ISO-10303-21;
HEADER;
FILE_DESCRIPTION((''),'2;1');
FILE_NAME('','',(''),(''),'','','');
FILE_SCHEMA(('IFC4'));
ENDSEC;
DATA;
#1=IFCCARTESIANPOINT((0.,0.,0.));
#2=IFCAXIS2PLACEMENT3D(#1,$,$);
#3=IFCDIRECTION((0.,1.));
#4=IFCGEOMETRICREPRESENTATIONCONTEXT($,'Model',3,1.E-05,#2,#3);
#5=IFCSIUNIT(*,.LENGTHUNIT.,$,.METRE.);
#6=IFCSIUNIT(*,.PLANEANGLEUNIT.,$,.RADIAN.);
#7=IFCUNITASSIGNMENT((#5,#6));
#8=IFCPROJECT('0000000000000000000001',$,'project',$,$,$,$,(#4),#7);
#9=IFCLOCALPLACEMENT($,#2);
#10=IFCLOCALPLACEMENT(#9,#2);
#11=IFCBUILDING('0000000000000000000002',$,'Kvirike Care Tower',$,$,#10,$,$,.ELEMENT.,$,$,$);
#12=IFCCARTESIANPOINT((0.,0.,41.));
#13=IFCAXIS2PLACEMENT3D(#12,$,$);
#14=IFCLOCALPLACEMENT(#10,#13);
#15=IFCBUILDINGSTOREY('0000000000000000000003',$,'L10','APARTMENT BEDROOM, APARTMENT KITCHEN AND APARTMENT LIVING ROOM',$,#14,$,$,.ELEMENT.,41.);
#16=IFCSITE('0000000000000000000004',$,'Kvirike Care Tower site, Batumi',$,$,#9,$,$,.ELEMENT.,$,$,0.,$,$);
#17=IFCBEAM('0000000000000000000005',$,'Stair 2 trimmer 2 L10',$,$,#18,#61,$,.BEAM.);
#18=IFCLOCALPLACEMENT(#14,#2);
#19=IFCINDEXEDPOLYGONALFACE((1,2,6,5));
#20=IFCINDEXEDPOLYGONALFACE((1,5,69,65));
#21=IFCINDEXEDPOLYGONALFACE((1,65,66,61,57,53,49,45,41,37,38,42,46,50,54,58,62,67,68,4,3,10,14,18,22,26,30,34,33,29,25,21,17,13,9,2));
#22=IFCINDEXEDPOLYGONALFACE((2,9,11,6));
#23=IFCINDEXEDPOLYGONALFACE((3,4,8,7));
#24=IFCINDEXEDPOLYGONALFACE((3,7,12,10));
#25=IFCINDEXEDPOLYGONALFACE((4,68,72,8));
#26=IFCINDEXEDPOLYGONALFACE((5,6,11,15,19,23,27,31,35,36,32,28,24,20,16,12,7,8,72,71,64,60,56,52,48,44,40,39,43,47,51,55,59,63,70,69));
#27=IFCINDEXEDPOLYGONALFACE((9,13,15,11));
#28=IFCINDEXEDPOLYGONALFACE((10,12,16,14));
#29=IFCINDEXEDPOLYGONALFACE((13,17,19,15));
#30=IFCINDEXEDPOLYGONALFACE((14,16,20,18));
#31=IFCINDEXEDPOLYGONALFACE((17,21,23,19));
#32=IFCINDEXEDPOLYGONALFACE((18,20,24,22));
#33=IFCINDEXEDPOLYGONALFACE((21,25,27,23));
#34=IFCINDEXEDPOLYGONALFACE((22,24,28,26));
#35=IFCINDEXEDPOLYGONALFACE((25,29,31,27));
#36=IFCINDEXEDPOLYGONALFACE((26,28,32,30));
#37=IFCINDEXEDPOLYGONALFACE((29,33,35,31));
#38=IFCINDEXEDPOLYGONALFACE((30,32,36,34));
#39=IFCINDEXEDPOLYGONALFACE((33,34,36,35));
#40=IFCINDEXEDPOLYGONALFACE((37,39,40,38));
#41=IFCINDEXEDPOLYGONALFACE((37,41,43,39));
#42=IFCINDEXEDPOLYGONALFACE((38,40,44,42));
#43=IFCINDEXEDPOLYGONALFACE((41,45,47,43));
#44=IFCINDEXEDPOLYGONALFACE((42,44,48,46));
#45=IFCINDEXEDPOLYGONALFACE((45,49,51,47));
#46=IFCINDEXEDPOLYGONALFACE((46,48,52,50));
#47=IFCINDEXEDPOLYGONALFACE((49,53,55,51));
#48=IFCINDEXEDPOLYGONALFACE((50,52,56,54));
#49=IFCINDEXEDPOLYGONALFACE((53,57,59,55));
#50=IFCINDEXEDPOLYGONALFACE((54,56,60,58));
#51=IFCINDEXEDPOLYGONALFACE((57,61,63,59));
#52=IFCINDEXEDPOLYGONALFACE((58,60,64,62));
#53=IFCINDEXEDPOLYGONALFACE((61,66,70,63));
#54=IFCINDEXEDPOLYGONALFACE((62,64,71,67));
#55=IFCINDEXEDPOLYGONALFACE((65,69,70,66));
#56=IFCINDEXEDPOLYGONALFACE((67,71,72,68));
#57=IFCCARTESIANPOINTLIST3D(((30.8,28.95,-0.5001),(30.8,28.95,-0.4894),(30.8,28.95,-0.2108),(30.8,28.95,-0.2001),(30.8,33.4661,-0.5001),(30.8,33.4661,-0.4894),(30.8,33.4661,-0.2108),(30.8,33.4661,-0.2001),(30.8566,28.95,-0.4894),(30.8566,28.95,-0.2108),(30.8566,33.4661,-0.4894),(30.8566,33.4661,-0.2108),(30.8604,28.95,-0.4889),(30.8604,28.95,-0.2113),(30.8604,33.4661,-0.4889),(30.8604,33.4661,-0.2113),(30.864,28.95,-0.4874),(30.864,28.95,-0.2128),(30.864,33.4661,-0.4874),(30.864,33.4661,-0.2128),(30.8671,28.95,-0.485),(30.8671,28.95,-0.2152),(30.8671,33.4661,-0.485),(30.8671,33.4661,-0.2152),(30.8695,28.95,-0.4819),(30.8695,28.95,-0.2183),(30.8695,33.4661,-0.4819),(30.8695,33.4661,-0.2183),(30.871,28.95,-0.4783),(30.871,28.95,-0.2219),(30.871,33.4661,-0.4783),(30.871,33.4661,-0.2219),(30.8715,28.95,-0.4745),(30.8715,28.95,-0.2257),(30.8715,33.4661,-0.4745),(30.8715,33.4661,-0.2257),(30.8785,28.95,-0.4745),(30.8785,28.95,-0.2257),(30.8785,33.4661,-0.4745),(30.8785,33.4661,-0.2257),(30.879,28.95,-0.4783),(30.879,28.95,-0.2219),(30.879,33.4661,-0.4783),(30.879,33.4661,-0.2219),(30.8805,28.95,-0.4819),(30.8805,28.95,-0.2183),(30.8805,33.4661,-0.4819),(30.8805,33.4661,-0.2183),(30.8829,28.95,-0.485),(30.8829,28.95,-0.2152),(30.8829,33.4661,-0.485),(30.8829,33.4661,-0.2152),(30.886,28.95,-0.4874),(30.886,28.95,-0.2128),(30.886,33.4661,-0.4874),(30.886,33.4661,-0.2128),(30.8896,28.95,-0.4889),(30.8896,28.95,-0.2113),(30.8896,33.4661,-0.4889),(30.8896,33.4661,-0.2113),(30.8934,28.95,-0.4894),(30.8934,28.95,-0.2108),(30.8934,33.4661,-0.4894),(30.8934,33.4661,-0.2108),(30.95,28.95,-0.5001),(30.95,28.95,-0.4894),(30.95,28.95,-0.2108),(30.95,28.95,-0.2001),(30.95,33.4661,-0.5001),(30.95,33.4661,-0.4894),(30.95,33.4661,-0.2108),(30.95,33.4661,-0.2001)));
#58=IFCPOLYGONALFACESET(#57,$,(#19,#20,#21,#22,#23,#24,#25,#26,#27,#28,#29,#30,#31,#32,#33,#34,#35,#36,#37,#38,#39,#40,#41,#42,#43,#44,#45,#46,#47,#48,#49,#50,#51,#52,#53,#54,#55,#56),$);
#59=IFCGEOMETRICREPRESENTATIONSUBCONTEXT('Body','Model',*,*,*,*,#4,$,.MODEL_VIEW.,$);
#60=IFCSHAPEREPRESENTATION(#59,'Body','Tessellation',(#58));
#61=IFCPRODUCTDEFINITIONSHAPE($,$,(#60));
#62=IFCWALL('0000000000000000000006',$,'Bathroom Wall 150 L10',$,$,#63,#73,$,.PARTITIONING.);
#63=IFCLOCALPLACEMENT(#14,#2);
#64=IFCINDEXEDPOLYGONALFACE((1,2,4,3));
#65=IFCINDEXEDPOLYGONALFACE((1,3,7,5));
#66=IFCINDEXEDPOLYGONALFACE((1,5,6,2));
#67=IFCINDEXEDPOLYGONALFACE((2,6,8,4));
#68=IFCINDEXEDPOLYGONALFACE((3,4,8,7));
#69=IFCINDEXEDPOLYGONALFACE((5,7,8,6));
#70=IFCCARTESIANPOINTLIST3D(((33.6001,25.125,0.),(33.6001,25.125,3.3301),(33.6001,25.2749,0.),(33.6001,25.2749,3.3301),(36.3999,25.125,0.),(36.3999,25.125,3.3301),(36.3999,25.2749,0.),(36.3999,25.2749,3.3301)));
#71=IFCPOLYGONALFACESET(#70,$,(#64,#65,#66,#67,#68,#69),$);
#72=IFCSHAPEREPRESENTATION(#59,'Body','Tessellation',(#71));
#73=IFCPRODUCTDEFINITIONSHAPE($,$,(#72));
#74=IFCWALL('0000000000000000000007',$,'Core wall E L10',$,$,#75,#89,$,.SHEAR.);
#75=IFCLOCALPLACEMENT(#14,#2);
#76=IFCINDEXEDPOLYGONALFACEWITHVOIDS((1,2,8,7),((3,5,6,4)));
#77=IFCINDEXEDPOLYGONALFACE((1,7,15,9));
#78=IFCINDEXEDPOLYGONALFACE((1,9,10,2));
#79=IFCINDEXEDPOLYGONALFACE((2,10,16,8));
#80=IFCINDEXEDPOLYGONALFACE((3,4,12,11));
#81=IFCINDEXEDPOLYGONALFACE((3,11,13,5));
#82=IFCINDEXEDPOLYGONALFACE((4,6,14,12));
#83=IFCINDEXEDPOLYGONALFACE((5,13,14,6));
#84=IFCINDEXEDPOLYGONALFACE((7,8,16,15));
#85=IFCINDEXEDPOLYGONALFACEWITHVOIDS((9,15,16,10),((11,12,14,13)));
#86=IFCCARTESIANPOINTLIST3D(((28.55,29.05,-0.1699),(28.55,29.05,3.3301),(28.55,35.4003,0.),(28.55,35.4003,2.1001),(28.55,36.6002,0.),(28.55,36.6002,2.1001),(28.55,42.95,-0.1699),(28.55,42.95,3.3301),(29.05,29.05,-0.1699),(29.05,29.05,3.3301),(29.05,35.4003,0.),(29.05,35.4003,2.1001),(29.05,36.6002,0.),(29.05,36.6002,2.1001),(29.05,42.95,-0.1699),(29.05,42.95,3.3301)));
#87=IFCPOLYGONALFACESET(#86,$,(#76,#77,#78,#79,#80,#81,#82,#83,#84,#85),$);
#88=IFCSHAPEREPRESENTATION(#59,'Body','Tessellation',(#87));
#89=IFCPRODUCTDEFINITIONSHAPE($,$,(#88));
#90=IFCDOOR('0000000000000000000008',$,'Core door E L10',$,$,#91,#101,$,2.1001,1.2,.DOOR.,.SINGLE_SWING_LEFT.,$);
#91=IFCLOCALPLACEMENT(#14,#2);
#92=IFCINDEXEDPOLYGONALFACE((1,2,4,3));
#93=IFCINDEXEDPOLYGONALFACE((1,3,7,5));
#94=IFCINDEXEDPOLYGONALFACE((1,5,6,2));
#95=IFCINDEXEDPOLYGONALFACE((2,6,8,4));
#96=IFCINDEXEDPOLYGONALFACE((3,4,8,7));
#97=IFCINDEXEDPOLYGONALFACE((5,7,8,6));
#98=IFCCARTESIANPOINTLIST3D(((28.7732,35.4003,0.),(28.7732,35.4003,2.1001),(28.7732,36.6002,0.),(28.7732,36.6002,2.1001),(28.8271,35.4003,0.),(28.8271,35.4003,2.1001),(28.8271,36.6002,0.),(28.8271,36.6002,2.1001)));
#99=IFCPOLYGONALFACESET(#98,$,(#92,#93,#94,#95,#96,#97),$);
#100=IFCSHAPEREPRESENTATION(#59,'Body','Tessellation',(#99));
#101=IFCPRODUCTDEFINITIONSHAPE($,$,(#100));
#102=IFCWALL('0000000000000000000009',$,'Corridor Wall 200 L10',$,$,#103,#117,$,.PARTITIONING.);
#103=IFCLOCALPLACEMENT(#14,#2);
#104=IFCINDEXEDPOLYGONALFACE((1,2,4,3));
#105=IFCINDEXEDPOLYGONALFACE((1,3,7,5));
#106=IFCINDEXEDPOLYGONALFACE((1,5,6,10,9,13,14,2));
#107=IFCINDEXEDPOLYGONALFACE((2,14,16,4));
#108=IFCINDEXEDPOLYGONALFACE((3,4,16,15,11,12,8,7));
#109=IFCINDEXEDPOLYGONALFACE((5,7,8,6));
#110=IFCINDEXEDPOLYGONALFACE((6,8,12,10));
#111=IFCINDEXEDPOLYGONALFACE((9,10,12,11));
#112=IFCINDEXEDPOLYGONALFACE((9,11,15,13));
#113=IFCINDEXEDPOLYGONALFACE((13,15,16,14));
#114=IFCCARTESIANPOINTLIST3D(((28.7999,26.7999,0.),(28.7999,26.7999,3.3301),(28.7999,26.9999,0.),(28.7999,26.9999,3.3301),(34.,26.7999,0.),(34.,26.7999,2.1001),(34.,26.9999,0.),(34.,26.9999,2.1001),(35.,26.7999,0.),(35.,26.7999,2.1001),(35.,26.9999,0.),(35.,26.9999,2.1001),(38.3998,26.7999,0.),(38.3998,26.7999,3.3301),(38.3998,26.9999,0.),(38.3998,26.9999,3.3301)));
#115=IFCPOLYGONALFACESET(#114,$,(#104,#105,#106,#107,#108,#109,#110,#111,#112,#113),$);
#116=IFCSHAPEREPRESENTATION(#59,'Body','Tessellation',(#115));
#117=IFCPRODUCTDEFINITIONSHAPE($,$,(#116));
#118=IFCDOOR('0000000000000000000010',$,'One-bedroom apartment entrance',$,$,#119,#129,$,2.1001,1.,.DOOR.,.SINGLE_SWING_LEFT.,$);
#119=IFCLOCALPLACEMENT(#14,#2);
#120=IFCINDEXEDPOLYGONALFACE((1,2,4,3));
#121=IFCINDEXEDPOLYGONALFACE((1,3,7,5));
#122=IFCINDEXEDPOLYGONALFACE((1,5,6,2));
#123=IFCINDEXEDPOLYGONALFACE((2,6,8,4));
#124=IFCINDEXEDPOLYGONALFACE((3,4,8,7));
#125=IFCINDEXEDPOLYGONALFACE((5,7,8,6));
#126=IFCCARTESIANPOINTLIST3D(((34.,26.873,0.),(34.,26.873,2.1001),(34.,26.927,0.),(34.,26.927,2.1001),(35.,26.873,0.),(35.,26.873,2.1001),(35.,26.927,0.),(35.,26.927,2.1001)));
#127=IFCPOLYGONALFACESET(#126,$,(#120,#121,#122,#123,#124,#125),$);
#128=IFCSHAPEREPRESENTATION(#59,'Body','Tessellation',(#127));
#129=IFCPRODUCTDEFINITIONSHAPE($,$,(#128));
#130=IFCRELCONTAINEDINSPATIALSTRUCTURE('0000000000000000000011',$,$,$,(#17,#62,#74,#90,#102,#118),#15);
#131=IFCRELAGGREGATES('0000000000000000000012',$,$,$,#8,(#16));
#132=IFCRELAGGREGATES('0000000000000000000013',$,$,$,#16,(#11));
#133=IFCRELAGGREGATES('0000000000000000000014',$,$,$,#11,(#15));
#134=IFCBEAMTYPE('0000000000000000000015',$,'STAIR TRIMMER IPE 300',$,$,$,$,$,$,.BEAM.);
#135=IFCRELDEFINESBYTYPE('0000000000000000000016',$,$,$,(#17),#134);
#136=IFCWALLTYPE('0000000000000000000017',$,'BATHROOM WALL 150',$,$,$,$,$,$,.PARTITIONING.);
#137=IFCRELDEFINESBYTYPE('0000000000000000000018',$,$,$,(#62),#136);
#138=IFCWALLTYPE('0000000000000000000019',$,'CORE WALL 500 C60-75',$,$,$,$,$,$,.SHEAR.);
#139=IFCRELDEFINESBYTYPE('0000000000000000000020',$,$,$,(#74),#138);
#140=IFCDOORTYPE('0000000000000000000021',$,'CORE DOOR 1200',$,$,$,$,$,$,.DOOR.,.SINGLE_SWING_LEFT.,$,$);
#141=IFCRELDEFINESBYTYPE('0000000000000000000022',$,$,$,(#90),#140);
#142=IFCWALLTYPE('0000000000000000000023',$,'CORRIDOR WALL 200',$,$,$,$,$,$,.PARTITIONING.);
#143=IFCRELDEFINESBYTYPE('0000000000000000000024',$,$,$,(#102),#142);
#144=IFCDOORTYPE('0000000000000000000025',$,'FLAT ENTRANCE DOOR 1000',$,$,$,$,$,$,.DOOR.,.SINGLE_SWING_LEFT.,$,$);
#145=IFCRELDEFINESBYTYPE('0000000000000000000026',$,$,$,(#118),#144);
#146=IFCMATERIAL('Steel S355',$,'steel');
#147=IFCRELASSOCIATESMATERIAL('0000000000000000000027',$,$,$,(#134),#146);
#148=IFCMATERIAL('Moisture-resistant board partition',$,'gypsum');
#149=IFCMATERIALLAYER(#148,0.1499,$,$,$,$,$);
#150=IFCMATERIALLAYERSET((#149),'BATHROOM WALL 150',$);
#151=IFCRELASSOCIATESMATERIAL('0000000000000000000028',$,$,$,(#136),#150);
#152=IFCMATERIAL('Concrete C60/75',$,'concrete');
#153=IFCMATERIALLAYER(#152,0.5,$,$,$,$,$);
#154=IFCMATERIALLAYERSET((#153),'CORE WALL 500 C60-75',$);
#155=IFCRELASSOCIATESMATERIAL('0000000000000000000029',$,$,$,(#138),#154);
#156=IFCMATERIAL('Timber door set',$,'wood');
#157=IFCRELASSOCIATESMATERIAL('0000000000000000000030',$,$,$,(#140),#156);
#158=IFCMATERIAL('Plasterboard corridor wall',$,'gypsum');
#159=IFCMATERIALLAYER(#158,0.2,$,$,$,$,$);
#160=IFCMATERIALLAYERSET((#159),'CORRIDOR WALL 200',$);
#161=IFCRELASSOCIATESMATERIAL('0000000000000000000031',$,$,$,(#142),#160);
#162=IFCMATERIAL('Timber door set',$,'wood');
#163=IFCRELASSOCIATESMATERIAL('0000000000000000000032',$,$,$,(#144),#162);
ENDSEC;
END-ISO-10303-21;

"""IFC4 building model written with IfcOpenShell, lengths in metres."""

from ifc_helpers import new_model, si_unit, direction, frame, frame_2d, origin, origin_2d, place, context, subcontext, project, spatial, rectangle, i_section, extrude, material, layer, layer_set, material_profile, profile_set, type_object, element, fill, save


model = new_model("IFC4")

# Units and contexts
model_context = context("Model", 3, precision=1e-05, world=origin(), true_north=direction((0.0, 1.0)))
body_context = subcontext(model_context, "Body", "Model", "MODEL_VIEW")
ifc_project = project(units=[si_unit("LENGTHUNIT", "METRE"), si_unit("PLANEANGLEUNIT", "RADIAN")], contexts=[model_context])

# Site, building, storey
site_placement = place(None, origin())
site = spatial("IfcSite", under=ifc_project, at=site_placement, Name="Kvirike Care Tower site, Batumi", CompositionType="ELEMENT", RefElevation=0.0)
building_placement = place(site_placement, origin())
building = spatial("IfcBuilding", under=site, at=building_placement, Name="Kvirike Care Tower", CompositionType="ELEMENT")
storey_placement = place(building_placement, frame((0.0, 0.0, 41.0)))
storey = spatial("IfcBuildingStorey", under=building, at=storey_placement, Name="L10", Description="APARTMENT BEDROOM, APARTMENT KITCHEN AND APARTMENT LIVING ROOM", CompositionType="ELEMENT", Elevation=41.0)

# Beam
ifc_material_1 = material(Name="Steel S355", Category="steel")
ifc_material_profile_1 = material_profile(ifc_material_1, i_section(OverallWidth=0.1499, OverallDepth=0.3, WebThickness=0.0071, FlangeThickness=0.0107, FilletRadius=0.0149, at=origin_2d()), Name="IPE 300")
ifc_profile_set_1 = profile_set([ifc_material_profile_1], Name="Steel S355")
beam_type_1 = type_object("IfcBeamType", Name="STAIR TRIMMER IPE 300", PredefinedType="BEAM", material=ifc_profile_set_1)
for number, where, z_axis, x_axis, name in (
    (1, (30.875, 28.95, -0.3501), (0.0, 1.0, 0.0), (-1.0, 0.0, 0.0), "Stair 2 trimmer 2 L10"),
):
    element("IfcBeam", number, at=place(storey_placement, frame(where, z_axis=z_axis, x_axis=x_axis)), inside=storey, type_object=beam_type_1, Name=name, PredefinedType="BEAM", context=body_context, shape_type="SweptSolid", body=[
        extrude(i_section(OverallWidth=0.1499, OverallDepth=0.3, WebThickness=0.0071, FlangeThickness=0.0107, FilletRadius=0.0149, at=origin_2d()), origin(), (0.0, 0.0, 1.0), 4.5161),
    ])

# Wall
ifc_material_2 = material(Name="Moisture-resistant board partition", Category="gypsum")
ifc_layer_1 = layer(ifc_material_2, 0.1499)
ifc_layer_set_1 = layer_set([ifc_layer_1], Name="BATHROOM WALL 150")
wall_type_1 = type_object("IfcWallType", Name="BATHROOM WALL 150", PredefinedType="PARTITIONING", material=ifc_layer_set_1)
wall_1_placement = place(storey_placement, frame((33.6001, 25.2, 0.0), z_axis=(0.0, 0.0, 1.0), x_axis=(1.0, 0.0, 0.0)))
element("IfcWall", 2, at=wall_1_placement, inside=storey, type_object=wall_type_1, Name="Bathroom Wall 150 L10", PredefinedType="PARTITIONING", context=body_context, shape_type="SweptSolid", body=[
    extrude(rectangle(XDim=2.7998, YDim=0.1499, at=frame_2d((1.3999, 0.0))), origin(), (0.0, 0.0, 1.0), 3.3301),
])

# Walls, openings, doors
ifc_material_3 = material(Name="Concrete C60/75", Category="concrete")
ifc_layer_2 = layer(ifc_material_3, 0.5)
ifc_layer_set_2 = layer_set([ifc_layer_2], Name="CORE WALL 500 C60-75")
wall_type_2 = type_object("IfcWallType", Name="CORE WALL 500 C60-75", PredefinedType="SHEAR", material=ifc_layer_set_2)
wall_2_placement = place(storey_placement, frame((28.8, 29.05, -0.1699), z_axis=(0.0, 0.0, 1.0), x_axis=(0.0, 1.0, 0.0)))
wall_2 = element("IfcWall", 3, at=wall_2_placement, inside=storey, type_object=wall_type_2, Name="Core wall E L10", PredefinedType="SHEAR", context=body_context, shape_type="SweptSolid", body=[
    extrude(rectangle(XDim=13.8999, YDim=0.5, at=frame_2d((6.95, 0.0))), origin(), (0.0, 0.0, 1.0), 3.5),
])
opening_1_placement = place(wall_2_placement, frame((6.3501, 0.0, 0.1699)))
opening_1 = element("IfcOpeningElement", 4, at=opening_1_placement, cuts=wall_2, PredefinedType="OPENING", context=body_context, shape_type="SweptSolid", body=[
    extrude(rectangle(XDim=1.2, YDim=2.1001, at=frame_2d((0.6001, 1.05))), frame((0.0, 0.2605, 0.0), z_axis=(0.0, -1.0, 0.0), x_axis=(1.0, 0.0, 0.0)), (0.0, 0.0, 1.0), 0.521),
])
ifc_material_4 = material(Name="Timber door set", Category="wood")
door_type_1 = type_object("IfcDoorType", Name="CORE DOOR 1200", OperationType="SINGLE_SWING_LEFT", PredefinedType="DOOR", material=ifc_material_4)
door_1_placement = place(opening_1_placement, origin())
door_1 = element("IfcDoor", 5, at=door_1_placement, inside=storey, type_object=door_type_1, Name="Core door E L10", OperationType="SINGLE_SWING_LEFT", OverallHeight=2.1001, OverallWidth=1.2, PredefinedType="DOOR", context=body_context, shape_type="SweptSolid", body=[
    extrude(rectangle(XDim=1.2, YDim=2.1001, at=frame_2d((0.6001, 1.05))), frame((0.0, 0.0269, 0.0), z_axis=(0.0, -1.0, 0.0), x_axis=(1.0, 0.0, 0.0)), (0.0, 0.0, 1.0), 0.054),
])
fill(opening_1, door_1)
ifc_material_5 = material(Name="Plasterboard corridor wall", Category="gypsum")
ifc_layer_3 = layer(ifc_material_5, 0.2)
ifc_layer_set_3 = layer_set([ifc_layer_3], Name="CORRIDOR WALL 200")
wall_type_3 = type_object("IfcWallType", Name="CORRIDOR WALL 200", PredefinedType="PARTITIONING", material=ifc_layer_set_3)
wall_3_placement = place(storey_placement, frame((28.8, 26.8999, 0.0), z_axis=(0.0, 0.0, 1.0), x_axis=(1.0, 0.0, 0.0)))
wall_3 = element("IfcWall", 6, at=wall_3_placement, inside=storey, type_object=wall_type_3, Name="Corridor Wall 200 L10", PredefinedType="PARTITIONING", context=body_context, shape_type="SweptSolid", body=[
    extrude(rectangle(XDim=9.5999, YDim=0.2, at=frame_2d((4.7998, 0.0))), origin(), (0.0, 0.0, 1.0), 3.3301),
])
opening_2_placement = place(wall_3_placement, frame((5.2, 0.0, 0.0)))
opening_2 = element("IfcOpeningElement", 7, at=opening_2_placement, cuts=wall_3, PredefinedType="OPENING", context=body_context, shape_type="SweptSolid", body=[
    extrude(rectangle(XDim=1.0, YDim=2.1001, at=frame_2d((0.5, 1.05))), frame((0.0, 0.1106, 0.0), z_axis=(0.0, -1.0, 0.0), x_axis=(1.0, 0.0, 0.0)), (0.0, 0.0, 1.0), 0.2209),
])
ifc_material_6 = material(Name="Timber door set", Category="wood")
door_type_2 = type_object("IfcDoorType", Name="FLAT ENTRANCE DOOR 1000", OperationType="SINGLE_SWING_LEFT", PredefinedType="DOOR", material=ifc_material_6)
door_2_placement = place(opening_2_placement, frame((1.0, 0.0, 0.0), z_axis=(0.0, 0.0, 1.0), x_axis=(-1.0, 0.0, 0.0)))
door_2 = element("IfcDoor", 8, at=door_2_placement, inside=storey, type_object=door_type_2, Name="One-bedroom apartment entrance", OperationType="SINGLE_SWING_LEFT", OverallHeight=2.1001, OverallWidth=1.0, PredefinedType="DOOR", context=body_context, shape_type="SweptSolid", body=[
    extrude(rectangle(XDim=1.0, YDim=2.1001, at=frame_2d((0.5, 1.05))), frame((0.0, 0.0269, 0.0), z_axis=(0.0, -1.0, 0.0), x_axis=(1.0, 0.0, 0.0)), (0.0, 0.0, 1.0), 0.054),
])
fill(opening_2, door_2)

save(model, "model.ifc")
